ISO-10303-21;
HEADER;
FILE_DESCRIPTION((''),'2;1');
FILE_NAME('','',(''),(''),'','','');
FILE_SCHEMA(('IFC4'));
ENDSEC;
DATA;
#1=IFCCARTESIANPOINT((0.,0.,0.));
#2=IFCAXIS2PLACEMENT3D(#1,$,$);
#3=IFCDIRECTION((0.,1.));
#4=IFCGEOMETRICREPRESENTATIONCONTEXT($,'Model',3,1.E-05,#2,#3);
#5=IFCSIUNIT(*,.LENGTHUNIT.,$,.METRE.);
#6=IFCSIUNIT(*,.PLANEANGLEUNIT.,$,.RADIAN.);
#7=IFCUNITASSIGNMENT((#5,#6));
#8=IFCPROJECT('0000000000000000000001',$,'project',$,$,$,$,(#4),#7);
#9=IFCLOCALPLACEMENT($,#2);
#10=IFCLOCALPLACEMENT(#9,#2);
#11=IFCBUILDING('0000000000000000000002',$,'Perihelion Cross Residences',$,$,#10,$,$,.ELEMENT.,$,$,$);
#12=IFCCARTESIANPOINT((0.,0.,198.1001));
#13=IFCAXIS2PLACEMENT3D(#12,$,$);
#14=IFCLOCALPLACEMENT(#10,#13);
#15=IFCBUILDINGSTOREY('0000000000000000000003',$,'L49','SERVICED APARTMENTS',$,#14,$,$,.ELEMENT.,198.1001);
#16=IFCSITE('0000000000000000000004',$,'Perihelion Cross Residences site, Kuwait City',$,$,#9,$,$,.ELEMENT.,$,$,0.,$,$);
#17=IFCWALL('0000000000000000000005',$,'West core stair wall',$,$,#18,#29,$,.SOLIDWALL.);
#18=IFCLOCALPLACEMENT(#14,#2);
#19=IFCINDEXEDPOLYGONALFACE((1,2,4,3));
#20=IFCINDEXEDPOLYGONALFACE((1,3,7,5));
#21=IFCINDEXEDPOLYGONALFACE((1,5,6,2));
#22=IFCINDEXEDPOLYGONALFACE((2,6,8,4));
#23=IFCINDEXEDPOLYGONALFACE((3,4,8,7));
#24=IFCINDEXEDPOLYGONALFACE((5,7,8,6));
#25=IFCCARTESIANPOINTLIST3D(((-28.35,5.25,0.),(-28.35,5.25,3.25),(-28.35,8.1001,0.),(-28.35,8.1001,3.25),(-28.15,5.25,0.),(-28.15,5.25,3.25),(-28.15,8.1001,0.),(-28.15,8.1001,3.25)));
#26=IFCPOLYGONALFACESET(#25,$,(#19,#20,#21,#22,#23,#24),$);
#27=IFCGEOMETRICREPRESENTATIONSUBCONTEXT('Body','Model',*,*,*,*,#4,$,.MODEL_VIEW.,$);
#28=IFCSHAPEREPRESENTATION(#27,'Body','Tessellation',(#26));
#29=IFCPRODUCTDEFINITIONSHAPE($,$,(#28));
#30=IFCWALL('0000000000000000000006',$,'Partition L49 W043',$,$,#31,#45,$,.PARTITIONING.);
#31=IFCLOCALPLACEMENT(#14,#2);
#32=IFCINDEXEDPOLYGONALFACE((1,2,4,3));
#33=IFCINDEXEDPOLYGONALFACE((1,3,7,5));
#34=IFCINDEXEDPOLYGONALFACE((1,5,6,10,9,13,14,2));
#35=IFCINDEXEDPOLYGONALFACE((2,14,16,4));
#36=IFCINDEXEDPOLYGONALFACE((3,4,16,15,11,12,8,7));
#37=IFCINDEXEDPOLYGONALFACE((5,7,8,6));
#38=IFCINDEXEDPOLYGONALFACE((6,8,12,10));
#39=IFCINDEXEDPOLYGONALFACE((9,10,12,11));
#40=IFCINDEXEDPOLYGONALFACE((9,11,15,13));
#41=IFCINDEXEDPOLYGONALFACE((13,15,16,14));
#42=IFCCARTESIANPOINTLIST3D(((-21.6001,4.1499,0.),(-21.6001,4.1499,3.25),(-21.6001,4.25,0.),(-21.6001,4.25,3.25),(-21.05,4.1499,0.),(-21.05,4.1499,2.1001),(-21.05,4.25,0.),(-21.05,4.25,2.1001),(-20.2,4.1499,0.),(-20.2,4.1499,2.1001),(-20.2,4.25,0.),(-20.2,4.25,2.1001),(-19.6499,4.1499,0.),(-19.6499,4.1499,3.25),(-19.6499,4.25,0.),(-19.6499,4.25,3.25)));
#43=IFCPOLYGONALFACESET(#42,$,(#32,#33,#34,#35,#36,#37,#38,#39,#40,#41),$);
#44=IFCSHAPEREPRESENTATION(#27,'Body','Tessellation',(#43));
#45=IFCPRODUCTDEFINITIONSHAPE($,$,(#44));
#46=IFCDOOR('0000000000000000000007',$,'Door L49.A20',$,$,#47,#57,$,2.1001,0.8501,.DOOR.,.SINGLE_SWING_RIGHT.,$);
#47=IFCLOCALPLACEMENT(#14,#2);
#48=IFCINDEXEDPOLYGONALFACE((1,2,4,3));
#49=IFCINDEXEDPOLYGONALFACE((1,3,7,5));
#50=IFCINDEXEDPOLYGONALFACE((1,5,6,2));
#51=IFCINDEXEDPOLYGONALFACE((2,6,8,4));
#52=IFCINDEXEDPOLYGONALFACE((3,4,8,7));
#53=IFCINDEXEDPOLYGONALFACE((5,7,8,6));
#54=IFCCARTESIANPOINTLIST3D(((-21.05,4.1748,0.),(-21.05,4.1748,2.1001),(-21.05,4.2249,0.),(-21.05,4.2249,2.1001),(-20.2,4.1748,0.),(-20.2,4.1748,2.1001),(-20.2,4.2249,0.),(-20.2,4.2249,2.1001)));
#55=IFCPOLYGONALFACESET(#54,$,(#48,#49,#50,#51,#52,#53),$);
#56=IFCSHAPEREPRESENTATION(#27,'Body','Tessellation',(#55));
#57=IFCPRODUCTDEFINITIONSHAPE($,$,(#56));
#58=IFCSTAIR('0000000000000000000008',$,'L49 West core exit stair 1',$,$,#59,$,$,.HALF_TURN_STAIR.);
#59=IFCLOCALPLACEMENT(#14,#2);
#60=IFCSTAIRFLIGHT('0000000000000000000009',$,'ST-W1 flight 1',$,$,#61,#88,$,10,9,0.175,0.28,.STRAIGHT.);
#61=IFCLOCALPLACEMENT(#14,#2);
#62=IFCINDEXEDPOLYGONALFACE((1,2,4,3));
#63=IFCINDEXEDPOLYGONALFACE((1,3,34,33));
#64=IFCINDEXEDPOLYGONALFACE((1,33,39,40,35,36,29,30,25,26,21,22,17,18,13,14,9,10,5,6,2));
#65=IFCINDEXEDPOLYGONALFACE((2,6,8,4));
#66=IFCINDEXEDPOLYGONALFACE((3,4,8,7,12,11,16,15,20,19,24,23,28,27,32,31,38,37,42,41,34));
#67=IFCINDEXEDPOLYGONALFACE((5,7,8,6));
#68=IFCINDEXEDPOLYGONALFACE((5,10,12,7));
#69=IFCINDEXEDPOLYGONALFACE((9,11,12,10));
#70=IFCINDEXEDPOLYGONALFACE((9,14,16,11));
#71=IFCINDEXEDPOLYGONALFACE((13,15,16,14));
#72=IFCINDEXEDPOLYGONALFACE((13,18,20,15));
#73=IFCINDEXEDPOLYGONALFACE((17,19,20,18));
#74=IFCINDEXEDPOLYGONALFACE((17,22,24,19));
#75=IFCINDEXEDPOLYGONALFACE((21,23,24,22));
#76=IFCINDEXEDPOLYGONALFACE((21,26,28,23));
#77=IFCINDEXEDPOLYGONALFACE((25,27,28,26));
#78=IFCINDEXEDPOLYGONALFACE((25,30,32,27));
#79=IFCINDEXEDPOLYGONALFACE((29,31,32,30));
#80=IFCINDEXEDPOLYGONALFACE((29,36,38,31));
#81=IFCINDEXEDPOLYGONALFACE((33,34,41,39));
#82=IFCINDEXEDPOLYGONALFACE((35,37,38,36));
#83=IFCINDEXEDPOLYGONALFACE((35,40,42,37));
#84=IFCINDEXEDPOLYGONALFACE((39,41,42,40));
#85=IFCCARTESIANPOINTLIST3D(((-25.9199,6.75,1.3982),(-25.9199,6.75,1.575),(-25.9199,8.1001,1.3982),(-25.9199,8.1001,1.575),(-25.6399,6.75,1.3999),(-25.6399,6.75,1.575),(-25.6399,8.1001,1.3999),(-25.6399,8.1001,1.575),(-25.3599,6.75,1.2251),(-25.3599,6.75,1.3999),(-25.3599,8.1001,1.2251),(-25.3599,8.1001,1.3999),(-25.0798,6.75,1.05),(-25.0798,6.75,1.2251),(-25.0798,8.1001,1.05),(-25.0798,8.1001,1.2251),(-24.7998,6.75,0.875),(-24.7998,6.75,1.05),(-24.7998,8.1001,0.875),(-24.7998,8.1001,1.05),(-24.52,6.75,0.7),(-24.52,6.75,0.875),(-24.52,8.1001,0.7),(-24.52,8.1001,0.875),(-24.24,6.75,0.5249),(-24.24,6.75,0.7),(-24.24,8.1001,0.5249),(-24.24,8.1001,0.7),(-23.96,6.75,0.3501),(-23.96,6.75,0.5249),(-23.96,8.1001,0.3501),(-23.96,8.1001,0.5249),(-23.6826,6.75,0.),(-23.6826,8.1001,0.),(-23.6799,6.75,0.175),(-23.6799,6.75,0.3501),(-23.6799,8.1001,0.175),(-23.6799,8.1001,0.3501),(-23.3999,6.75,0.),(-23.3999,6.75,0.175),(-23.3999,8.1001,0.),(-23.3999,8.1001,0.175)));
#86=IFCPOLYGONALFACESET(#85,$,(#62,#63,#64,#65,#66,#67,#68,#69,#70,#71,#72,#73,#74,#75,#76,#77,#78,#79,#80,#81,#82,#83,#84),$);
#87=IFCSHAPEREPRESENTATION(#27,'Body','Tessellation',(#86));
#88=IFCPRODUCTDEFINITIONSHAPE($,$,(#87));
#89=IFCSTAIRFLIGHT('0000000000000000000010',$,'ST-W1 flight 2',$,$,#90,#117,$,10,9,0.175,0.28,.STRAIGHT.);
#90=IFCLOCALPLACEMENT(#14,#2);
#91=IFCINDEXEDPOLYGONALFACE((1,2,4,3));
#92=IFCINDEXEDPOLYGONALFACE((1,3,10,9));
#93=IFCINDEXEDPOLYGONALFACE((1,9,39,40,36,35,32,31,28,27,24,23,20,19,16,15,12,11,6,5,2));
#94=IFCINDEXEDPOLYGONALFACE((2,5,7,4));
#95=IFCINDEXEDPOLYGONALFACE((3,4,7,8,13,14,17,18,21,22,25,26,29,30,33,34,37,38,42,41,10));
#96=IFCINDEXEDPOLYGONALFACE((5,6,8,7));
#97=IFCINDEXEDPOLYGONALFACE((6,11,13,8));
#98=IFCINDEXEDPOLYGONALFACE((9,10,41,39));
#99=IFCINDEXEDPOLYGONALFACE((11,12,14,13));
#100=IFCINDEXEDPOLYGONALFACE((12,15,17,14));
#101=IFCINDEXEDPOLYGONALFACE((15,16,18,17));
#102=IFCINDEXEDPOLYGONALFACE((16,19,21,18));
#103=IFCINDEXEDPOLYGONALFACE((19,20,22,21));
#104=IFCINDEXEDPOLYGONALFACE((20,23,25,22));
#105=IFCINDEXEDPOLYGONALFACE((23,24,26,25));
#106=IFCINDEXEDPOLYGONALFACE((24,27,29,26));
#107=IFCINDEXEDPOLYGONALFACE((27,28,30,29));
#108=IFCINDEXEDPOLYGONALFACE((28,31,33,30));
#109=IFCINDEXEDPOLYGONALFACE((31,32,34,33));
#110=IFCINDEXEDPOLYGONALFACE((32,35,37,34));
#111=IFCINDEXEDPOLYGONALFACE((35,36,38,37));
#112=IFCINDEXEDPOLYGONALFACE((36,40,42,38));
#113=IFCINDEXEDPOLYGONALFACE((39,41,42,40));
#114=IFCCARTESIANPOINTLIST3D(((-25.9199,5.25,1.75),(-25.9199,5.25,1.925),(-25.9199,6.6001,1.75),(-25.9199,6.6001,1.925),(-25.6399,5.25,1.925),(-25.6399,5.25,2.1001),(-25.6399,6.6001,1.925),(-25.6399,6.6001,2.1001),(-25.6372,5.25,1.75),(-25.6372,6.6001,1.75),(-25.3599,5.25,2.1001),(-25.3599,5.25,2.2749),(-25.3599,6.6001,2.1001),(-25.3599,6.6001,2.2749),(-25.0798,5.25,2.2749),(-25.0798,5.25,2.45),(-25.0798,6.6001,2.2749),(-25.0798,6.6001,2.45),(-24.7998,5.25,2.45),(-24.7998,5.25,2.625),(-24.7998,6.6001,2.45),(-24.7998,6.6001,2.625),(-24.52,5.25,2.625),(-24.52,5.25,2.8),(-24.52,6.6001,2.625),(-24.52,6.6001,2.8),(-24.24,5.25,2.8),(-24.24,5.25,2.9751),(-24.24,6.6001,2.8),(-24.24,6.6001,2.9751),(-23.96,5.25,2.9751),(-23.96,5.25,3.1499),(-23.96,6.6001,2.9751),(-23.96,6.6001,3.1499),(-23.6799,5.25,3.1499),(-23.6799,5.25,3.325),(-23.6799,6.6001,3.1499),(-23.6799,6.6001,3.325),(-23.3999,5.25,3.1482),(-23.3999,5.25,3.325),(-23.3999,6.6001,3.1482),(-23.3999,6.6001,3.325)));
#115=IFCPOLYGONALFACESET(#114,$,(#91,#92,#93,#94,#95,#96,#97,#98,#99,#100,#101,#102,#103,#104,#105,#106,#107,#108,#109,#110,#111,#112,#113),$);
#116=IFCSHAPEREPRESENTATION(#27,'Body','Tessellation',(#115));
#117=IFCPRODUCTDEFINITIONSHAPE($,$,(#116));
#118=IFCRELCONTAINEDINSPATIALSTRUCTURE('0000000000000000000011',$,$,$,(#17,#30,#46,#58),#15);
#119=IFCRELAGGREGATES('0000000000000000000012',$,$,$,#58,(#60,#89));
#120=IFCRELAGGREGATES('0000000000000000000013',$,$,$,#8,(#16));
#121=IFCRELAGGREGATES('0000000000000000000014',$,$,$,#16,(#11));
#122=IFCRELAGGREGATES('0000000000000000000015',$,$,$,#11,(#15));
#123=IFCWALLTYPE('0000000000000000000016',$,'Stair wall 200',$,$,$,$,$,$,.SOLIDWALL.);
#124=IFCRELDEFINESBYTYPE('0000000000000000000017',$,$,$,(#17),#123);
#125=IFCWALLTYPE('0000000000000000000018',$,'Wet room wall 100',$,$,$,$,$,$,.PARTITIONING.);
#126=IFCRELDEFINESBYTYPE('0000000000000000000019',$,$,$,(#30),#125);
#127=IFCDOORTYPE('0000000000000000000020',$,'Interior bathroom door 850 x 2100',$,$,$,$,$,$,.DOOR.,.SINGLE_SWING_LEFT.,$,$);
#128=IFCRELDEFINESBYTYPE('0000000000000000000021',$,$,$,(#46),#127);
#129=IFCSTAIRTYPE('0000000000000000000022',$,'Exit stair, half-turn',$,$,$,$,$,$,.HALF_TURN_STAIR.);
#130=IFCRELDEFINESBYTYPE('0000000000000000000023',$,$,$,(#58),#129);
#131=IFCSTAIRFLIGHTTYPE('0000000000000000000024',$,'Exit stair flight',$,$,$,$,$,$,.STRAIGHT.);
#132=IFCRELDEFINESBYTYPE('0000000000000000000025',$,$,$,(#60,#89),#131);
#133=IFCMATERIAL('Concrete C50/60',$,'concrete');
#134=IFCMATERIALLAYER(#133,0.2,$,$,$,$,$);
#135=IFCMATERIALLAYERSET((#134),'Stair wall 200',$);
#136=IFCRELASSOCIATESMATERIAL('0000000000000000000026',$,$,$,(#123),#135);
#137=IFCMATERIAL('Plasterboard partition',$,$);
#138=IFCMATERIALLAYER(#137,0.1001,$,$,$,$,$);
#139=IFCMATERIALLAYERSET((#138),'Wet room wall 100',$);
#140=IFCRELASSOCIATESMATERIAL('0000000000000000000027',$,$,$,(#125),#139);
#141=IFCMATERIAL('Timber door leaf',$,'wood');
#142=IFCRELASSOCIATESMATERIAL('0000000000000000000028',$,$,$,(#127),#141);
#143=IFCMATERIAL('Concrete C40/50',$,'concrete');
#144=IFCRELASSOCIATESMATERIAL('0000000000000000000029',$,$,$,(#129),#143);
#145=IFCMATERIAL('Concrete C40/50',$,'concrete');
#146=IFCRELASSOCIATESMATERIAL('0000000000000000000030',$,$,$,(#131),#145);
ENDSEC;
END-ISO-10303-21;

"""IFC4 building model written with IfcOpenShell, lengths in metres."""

from ifc_helpers import new_model, si_unit, direction, frame, frame_2d, origin, place, context, subcontext, project, spatial, polyline, rectangle, outline, extrude, material, layer, layer_set, type_object, element, fill, aggregate, save


model = new_model("IFC4")

# Units and contexts
model_context = context("Model", 3, precision=1e-05, world=origin(), true_north=direction((0.0, 1.0)))
body_context = subcontext(model_context, "Body", "Model", "MODEL_VIEW")
ifc_project = project(units=[si_unit("LENGTHUNIT", "METRE"), si_unit("PLANEANGLEUNIT", "RADIAN")], contexts=[model_context])

# Site, building, storey
site_placement = place(None, origin())
site = spatial("IfcSite", under=ifc_project, at=site_placement, Name="Perihelion Cross Residences site, Kuwait City", CompositionType="ELEMENT", RefElevation=0.0)
building_placement = place(site_placement, origin())
building = spatial("IfcBuilding", under=site, at=building_placement, Name="Perihelion Cross Residences", CompositionType="ELEMENT")
storey_placement = place(building_placement, frame((0.0, 0.0, 198.1001)))
storey = spatial("IfcBuildingStorey", under=building, at=storey_placement, Name="L49", Description="SERVICED APARTMENTS", CompositionType="ELEMENT", Elevation=198.1001)

# Shared definitions
ifc_material_1 = material(Name="Concrete C50/60", Category="concrete")
ifc_layer_1 = layer(ifc_material_1, 0.2)
ifc_layer_set_1 = layer_set([ifc_layer_1], Name="Stair wall 200")
wall_type_1 = type_object("IfcWallType", Name="Stair wall 200", PredefinedType="SOLIDWALL", material=ifc_layer_set_1)

# Wall
wall_1_placement = place(storey_placement, frame((-28.25, 5.25, 0.0), z_axis=(0.0, 0.0, 1.0), x_axis=(0.0, 1.0, 0.0)))
element("IfcWall", 1, at=wall_1_placement, inside=storey, type_object=wall_type_1, Name="West core stair wall", PredefinedType="SOLIDWALL", context=body_context, shape_type="SweptSolid", body=[
    extrude(rectangle(XDim=2.8501, YDim=0.2, at=frame_2d((1.425, 0.0))), origin(), (0.0, 0.0, 1.0), 3.25),
])

# Wall, opening, door
ifc_material_2 = material(Name="Plasterboard partition")
ifc_layer_2 = layer(ifc_material_2, 0.1001)
ifc_layer_set_2 = layer_set([ifc_layer_2], Name="Wet room wall 100")
wall_type_2 = type_object("IfcWallType", Name="Wet room wall 100", PredefinedType="PARTITIONING", material=ifc_layer_set_2)
wall_2_placement = place(storey_placement, frame((-21.6001, 4.2, 0.0), z_axis=(0.0, 0.0, 1.0), x_axis=(1.0, 0.0, 0.0)))
wall_2 = element("IfcWall", 2, at=wall_2_placement, inside=storey, type_object=wall_type_2, Name="Partition L49 W043", PredefinedType="PARTITIONING", context=body_context, shape_type="SweptSolid", body=[
    extrude(rectangle(XDim=1.9502, YDim=0.1001, at=frame_2d((0.9751, 0.0))), origin(), (0.0, 0.0, 1.0), 3.25),
])
opening_1_placement = place(wall_2_placement, frame((0.55, 0.0, 0.0)))
opening_1 = element("IfcOpeningElement", 3, at=opening_1_placement, cuts=wall_2, PredefinedType="OPENING", context=body_context, shape_type="SweptSolid", body=[
    extrude(rectangle(XDim=0.8501, YDim=2.1001, at=frame_2d((0.425, 1.05))), frame((0.0, 0.0601, 0.0), z_axis=(0.0, -1.0, 0.0), x_axis=(1.0, 0.0, 0.0)), (0.0, 0.0, 1.0), 0.1201),
])
ifc_material_3 = material(Name="Timber door leaf", Category="wood")
door_type_1 = type_object("IfcDoorType", Name="Interior bathroom door 850 x 2100", OperationType="SINGLE_SWING_LEFT", PredefinedType="DOOR", material=ifc_material_3)
door_1_placement = place(opening_1_placement, origin())
door_1 = element("IfcDoor", 4, at=door_1_placement, inside=storey, type_object=door_type_1, Name="Door L49.A20", OperationType="SINGLE_SWING_RIGHT", OverallHeight=2.1001, OverallWidth=0.8501, PredefinedType="DOOR", context=body_context, shape_type="SweptSolid", body=[
    extrude(rectangle(XDim=0.8501, YDim=2.1001, at=frame_2d((0.425, 1.05))), frame((0.0, 0.0249, 0.0), z_axis=(0.0, -1.0, 0.0), x_axis=(1.0, 0.0, 0.0)), (0.0, 0.0, 1.0), 0.05),
])
fill(opening_1, door_1)

# Stair, stair flights
ifc_material_4 = material(Name="Concrete C40/50", Category="concrete")
stair_type = type_object("IfcStairType", Name="Exit stair, half-turn", PredefinedType="HALF_TURN_STAIR", material=ifc_material_4)
stair_placement = place(storey_placement, origin())
stair = element("IfcStair", 5, at=stair_placement, inside=storey, type_object=stair_type, Name="L49 West core exit stair 1", PredefinedType="HALF_TURN_STAIR")
ifc_material_5 = material(Name="Concrete C40/50", Category="concrete")
stair_flight_type = type_object("IfcStairFlightType", Name="Exit stair flight", PredefinedType="STRAIGHT", material=ifc_material_5)
stair_flight_1_placement = place(storey_placement, frame((-23.3999, 7.425, 0.0), z_axis=(0.0, 0.0, 1.0), x_axis=(-1.0, 0.0, 0.0)))
stair_flight_1 = element("IfcStairFlight", 6, at=stair_flight_1_placement, type_object=stair_flight_type, Name="ST-W1 flight 1", NumberOfRisers=10, NumberOfTreads=9, PredefinedType="STRAIGHT", RiserHeight=0.175, TreadLength=0.28, context=body_context, shape_type="SweptSolid", body=[
    extrude(outline(polyline([(0.0, 0.0), (0.0, 0.175), (0.28, 0.175), (0.28, 0.3501), (0.5601, 0.3501), (0.5601, 0.5249), (0.8401, 0.5249), (0.8401, 0.7), (1.1201, 0.7), (1.1201, 0.875), (1.3999, 0.875), (1.3999, 1.05), (1.6799, 1.05), (1.6799, 1.2251), (1.96, 1.2251), (1.96, 1.3999), (2.24, 1.3999), (2.24, 1.575), (2.52, 1.575), (2.52, 1.75), (2.52, 1.3982), (0.2827, 0.0), (0.0, 0.0)])), frame((0.0, 0.675, 0.0), z_axis=(0.0, -1.0, 0.0), x_axis=(1.0, 0.0, 0.0)), (0.0, 0.0, 1.0), 1.3501),
])
stair_flight_2_placement = place(storey_placement, frame((-25.9199, 5.925, 1.75), z_axis=(0.0, 0.0, 1.0), x_axis=(1.0, 0.0, 0.0)))
stair_flight_2 = element("IfcStairFlight", 7, at=stair_flight_2_placement, type_object=stair_flight_type, Name="ST-W1 flight 2", NumberOfRisers=10, NumberOfTreads=9, PredefinedType="STRAIGHT", RiserHeight=0.175, TreadLength=0.28, context=body_context, shape_type="SweptSolid", body=[
    extrude(outline(polyline([(0.0, 0.0), (0.0, 0.175), (0.28, 0.175), (0.28, 0.3501), (0.5601, 0.3501), (0.5601, 0.5249), (0.8401, 0.5249), (0.8401, 0.7), (1.1201, 0.7), (1.1201, 0.875), (1.3999, 0.875), (1.3999, 1.05), (1.6799, 1.05), (1.6799, 1.2251), (1.96, 1.2251), (1.96, 1.3999), (2.24, 1.3999), (2.24, 1.575), (2.52, 1.575), (2.52, 1.75), (2.52, 1.3982), (0.2827, 0.0), (0.0, 0.0)])), frame((0.0, 0.675, 0.0), z_axis=(0.0, -1.0, 0.0), x_axis=(1.0, 0.0, 0.0)), (0.0, 0.0, 1.0), 1.3501),
])
aggregate(stair, [stair_flight_1, stair_flight_2])

save(model, "model.ifc")
